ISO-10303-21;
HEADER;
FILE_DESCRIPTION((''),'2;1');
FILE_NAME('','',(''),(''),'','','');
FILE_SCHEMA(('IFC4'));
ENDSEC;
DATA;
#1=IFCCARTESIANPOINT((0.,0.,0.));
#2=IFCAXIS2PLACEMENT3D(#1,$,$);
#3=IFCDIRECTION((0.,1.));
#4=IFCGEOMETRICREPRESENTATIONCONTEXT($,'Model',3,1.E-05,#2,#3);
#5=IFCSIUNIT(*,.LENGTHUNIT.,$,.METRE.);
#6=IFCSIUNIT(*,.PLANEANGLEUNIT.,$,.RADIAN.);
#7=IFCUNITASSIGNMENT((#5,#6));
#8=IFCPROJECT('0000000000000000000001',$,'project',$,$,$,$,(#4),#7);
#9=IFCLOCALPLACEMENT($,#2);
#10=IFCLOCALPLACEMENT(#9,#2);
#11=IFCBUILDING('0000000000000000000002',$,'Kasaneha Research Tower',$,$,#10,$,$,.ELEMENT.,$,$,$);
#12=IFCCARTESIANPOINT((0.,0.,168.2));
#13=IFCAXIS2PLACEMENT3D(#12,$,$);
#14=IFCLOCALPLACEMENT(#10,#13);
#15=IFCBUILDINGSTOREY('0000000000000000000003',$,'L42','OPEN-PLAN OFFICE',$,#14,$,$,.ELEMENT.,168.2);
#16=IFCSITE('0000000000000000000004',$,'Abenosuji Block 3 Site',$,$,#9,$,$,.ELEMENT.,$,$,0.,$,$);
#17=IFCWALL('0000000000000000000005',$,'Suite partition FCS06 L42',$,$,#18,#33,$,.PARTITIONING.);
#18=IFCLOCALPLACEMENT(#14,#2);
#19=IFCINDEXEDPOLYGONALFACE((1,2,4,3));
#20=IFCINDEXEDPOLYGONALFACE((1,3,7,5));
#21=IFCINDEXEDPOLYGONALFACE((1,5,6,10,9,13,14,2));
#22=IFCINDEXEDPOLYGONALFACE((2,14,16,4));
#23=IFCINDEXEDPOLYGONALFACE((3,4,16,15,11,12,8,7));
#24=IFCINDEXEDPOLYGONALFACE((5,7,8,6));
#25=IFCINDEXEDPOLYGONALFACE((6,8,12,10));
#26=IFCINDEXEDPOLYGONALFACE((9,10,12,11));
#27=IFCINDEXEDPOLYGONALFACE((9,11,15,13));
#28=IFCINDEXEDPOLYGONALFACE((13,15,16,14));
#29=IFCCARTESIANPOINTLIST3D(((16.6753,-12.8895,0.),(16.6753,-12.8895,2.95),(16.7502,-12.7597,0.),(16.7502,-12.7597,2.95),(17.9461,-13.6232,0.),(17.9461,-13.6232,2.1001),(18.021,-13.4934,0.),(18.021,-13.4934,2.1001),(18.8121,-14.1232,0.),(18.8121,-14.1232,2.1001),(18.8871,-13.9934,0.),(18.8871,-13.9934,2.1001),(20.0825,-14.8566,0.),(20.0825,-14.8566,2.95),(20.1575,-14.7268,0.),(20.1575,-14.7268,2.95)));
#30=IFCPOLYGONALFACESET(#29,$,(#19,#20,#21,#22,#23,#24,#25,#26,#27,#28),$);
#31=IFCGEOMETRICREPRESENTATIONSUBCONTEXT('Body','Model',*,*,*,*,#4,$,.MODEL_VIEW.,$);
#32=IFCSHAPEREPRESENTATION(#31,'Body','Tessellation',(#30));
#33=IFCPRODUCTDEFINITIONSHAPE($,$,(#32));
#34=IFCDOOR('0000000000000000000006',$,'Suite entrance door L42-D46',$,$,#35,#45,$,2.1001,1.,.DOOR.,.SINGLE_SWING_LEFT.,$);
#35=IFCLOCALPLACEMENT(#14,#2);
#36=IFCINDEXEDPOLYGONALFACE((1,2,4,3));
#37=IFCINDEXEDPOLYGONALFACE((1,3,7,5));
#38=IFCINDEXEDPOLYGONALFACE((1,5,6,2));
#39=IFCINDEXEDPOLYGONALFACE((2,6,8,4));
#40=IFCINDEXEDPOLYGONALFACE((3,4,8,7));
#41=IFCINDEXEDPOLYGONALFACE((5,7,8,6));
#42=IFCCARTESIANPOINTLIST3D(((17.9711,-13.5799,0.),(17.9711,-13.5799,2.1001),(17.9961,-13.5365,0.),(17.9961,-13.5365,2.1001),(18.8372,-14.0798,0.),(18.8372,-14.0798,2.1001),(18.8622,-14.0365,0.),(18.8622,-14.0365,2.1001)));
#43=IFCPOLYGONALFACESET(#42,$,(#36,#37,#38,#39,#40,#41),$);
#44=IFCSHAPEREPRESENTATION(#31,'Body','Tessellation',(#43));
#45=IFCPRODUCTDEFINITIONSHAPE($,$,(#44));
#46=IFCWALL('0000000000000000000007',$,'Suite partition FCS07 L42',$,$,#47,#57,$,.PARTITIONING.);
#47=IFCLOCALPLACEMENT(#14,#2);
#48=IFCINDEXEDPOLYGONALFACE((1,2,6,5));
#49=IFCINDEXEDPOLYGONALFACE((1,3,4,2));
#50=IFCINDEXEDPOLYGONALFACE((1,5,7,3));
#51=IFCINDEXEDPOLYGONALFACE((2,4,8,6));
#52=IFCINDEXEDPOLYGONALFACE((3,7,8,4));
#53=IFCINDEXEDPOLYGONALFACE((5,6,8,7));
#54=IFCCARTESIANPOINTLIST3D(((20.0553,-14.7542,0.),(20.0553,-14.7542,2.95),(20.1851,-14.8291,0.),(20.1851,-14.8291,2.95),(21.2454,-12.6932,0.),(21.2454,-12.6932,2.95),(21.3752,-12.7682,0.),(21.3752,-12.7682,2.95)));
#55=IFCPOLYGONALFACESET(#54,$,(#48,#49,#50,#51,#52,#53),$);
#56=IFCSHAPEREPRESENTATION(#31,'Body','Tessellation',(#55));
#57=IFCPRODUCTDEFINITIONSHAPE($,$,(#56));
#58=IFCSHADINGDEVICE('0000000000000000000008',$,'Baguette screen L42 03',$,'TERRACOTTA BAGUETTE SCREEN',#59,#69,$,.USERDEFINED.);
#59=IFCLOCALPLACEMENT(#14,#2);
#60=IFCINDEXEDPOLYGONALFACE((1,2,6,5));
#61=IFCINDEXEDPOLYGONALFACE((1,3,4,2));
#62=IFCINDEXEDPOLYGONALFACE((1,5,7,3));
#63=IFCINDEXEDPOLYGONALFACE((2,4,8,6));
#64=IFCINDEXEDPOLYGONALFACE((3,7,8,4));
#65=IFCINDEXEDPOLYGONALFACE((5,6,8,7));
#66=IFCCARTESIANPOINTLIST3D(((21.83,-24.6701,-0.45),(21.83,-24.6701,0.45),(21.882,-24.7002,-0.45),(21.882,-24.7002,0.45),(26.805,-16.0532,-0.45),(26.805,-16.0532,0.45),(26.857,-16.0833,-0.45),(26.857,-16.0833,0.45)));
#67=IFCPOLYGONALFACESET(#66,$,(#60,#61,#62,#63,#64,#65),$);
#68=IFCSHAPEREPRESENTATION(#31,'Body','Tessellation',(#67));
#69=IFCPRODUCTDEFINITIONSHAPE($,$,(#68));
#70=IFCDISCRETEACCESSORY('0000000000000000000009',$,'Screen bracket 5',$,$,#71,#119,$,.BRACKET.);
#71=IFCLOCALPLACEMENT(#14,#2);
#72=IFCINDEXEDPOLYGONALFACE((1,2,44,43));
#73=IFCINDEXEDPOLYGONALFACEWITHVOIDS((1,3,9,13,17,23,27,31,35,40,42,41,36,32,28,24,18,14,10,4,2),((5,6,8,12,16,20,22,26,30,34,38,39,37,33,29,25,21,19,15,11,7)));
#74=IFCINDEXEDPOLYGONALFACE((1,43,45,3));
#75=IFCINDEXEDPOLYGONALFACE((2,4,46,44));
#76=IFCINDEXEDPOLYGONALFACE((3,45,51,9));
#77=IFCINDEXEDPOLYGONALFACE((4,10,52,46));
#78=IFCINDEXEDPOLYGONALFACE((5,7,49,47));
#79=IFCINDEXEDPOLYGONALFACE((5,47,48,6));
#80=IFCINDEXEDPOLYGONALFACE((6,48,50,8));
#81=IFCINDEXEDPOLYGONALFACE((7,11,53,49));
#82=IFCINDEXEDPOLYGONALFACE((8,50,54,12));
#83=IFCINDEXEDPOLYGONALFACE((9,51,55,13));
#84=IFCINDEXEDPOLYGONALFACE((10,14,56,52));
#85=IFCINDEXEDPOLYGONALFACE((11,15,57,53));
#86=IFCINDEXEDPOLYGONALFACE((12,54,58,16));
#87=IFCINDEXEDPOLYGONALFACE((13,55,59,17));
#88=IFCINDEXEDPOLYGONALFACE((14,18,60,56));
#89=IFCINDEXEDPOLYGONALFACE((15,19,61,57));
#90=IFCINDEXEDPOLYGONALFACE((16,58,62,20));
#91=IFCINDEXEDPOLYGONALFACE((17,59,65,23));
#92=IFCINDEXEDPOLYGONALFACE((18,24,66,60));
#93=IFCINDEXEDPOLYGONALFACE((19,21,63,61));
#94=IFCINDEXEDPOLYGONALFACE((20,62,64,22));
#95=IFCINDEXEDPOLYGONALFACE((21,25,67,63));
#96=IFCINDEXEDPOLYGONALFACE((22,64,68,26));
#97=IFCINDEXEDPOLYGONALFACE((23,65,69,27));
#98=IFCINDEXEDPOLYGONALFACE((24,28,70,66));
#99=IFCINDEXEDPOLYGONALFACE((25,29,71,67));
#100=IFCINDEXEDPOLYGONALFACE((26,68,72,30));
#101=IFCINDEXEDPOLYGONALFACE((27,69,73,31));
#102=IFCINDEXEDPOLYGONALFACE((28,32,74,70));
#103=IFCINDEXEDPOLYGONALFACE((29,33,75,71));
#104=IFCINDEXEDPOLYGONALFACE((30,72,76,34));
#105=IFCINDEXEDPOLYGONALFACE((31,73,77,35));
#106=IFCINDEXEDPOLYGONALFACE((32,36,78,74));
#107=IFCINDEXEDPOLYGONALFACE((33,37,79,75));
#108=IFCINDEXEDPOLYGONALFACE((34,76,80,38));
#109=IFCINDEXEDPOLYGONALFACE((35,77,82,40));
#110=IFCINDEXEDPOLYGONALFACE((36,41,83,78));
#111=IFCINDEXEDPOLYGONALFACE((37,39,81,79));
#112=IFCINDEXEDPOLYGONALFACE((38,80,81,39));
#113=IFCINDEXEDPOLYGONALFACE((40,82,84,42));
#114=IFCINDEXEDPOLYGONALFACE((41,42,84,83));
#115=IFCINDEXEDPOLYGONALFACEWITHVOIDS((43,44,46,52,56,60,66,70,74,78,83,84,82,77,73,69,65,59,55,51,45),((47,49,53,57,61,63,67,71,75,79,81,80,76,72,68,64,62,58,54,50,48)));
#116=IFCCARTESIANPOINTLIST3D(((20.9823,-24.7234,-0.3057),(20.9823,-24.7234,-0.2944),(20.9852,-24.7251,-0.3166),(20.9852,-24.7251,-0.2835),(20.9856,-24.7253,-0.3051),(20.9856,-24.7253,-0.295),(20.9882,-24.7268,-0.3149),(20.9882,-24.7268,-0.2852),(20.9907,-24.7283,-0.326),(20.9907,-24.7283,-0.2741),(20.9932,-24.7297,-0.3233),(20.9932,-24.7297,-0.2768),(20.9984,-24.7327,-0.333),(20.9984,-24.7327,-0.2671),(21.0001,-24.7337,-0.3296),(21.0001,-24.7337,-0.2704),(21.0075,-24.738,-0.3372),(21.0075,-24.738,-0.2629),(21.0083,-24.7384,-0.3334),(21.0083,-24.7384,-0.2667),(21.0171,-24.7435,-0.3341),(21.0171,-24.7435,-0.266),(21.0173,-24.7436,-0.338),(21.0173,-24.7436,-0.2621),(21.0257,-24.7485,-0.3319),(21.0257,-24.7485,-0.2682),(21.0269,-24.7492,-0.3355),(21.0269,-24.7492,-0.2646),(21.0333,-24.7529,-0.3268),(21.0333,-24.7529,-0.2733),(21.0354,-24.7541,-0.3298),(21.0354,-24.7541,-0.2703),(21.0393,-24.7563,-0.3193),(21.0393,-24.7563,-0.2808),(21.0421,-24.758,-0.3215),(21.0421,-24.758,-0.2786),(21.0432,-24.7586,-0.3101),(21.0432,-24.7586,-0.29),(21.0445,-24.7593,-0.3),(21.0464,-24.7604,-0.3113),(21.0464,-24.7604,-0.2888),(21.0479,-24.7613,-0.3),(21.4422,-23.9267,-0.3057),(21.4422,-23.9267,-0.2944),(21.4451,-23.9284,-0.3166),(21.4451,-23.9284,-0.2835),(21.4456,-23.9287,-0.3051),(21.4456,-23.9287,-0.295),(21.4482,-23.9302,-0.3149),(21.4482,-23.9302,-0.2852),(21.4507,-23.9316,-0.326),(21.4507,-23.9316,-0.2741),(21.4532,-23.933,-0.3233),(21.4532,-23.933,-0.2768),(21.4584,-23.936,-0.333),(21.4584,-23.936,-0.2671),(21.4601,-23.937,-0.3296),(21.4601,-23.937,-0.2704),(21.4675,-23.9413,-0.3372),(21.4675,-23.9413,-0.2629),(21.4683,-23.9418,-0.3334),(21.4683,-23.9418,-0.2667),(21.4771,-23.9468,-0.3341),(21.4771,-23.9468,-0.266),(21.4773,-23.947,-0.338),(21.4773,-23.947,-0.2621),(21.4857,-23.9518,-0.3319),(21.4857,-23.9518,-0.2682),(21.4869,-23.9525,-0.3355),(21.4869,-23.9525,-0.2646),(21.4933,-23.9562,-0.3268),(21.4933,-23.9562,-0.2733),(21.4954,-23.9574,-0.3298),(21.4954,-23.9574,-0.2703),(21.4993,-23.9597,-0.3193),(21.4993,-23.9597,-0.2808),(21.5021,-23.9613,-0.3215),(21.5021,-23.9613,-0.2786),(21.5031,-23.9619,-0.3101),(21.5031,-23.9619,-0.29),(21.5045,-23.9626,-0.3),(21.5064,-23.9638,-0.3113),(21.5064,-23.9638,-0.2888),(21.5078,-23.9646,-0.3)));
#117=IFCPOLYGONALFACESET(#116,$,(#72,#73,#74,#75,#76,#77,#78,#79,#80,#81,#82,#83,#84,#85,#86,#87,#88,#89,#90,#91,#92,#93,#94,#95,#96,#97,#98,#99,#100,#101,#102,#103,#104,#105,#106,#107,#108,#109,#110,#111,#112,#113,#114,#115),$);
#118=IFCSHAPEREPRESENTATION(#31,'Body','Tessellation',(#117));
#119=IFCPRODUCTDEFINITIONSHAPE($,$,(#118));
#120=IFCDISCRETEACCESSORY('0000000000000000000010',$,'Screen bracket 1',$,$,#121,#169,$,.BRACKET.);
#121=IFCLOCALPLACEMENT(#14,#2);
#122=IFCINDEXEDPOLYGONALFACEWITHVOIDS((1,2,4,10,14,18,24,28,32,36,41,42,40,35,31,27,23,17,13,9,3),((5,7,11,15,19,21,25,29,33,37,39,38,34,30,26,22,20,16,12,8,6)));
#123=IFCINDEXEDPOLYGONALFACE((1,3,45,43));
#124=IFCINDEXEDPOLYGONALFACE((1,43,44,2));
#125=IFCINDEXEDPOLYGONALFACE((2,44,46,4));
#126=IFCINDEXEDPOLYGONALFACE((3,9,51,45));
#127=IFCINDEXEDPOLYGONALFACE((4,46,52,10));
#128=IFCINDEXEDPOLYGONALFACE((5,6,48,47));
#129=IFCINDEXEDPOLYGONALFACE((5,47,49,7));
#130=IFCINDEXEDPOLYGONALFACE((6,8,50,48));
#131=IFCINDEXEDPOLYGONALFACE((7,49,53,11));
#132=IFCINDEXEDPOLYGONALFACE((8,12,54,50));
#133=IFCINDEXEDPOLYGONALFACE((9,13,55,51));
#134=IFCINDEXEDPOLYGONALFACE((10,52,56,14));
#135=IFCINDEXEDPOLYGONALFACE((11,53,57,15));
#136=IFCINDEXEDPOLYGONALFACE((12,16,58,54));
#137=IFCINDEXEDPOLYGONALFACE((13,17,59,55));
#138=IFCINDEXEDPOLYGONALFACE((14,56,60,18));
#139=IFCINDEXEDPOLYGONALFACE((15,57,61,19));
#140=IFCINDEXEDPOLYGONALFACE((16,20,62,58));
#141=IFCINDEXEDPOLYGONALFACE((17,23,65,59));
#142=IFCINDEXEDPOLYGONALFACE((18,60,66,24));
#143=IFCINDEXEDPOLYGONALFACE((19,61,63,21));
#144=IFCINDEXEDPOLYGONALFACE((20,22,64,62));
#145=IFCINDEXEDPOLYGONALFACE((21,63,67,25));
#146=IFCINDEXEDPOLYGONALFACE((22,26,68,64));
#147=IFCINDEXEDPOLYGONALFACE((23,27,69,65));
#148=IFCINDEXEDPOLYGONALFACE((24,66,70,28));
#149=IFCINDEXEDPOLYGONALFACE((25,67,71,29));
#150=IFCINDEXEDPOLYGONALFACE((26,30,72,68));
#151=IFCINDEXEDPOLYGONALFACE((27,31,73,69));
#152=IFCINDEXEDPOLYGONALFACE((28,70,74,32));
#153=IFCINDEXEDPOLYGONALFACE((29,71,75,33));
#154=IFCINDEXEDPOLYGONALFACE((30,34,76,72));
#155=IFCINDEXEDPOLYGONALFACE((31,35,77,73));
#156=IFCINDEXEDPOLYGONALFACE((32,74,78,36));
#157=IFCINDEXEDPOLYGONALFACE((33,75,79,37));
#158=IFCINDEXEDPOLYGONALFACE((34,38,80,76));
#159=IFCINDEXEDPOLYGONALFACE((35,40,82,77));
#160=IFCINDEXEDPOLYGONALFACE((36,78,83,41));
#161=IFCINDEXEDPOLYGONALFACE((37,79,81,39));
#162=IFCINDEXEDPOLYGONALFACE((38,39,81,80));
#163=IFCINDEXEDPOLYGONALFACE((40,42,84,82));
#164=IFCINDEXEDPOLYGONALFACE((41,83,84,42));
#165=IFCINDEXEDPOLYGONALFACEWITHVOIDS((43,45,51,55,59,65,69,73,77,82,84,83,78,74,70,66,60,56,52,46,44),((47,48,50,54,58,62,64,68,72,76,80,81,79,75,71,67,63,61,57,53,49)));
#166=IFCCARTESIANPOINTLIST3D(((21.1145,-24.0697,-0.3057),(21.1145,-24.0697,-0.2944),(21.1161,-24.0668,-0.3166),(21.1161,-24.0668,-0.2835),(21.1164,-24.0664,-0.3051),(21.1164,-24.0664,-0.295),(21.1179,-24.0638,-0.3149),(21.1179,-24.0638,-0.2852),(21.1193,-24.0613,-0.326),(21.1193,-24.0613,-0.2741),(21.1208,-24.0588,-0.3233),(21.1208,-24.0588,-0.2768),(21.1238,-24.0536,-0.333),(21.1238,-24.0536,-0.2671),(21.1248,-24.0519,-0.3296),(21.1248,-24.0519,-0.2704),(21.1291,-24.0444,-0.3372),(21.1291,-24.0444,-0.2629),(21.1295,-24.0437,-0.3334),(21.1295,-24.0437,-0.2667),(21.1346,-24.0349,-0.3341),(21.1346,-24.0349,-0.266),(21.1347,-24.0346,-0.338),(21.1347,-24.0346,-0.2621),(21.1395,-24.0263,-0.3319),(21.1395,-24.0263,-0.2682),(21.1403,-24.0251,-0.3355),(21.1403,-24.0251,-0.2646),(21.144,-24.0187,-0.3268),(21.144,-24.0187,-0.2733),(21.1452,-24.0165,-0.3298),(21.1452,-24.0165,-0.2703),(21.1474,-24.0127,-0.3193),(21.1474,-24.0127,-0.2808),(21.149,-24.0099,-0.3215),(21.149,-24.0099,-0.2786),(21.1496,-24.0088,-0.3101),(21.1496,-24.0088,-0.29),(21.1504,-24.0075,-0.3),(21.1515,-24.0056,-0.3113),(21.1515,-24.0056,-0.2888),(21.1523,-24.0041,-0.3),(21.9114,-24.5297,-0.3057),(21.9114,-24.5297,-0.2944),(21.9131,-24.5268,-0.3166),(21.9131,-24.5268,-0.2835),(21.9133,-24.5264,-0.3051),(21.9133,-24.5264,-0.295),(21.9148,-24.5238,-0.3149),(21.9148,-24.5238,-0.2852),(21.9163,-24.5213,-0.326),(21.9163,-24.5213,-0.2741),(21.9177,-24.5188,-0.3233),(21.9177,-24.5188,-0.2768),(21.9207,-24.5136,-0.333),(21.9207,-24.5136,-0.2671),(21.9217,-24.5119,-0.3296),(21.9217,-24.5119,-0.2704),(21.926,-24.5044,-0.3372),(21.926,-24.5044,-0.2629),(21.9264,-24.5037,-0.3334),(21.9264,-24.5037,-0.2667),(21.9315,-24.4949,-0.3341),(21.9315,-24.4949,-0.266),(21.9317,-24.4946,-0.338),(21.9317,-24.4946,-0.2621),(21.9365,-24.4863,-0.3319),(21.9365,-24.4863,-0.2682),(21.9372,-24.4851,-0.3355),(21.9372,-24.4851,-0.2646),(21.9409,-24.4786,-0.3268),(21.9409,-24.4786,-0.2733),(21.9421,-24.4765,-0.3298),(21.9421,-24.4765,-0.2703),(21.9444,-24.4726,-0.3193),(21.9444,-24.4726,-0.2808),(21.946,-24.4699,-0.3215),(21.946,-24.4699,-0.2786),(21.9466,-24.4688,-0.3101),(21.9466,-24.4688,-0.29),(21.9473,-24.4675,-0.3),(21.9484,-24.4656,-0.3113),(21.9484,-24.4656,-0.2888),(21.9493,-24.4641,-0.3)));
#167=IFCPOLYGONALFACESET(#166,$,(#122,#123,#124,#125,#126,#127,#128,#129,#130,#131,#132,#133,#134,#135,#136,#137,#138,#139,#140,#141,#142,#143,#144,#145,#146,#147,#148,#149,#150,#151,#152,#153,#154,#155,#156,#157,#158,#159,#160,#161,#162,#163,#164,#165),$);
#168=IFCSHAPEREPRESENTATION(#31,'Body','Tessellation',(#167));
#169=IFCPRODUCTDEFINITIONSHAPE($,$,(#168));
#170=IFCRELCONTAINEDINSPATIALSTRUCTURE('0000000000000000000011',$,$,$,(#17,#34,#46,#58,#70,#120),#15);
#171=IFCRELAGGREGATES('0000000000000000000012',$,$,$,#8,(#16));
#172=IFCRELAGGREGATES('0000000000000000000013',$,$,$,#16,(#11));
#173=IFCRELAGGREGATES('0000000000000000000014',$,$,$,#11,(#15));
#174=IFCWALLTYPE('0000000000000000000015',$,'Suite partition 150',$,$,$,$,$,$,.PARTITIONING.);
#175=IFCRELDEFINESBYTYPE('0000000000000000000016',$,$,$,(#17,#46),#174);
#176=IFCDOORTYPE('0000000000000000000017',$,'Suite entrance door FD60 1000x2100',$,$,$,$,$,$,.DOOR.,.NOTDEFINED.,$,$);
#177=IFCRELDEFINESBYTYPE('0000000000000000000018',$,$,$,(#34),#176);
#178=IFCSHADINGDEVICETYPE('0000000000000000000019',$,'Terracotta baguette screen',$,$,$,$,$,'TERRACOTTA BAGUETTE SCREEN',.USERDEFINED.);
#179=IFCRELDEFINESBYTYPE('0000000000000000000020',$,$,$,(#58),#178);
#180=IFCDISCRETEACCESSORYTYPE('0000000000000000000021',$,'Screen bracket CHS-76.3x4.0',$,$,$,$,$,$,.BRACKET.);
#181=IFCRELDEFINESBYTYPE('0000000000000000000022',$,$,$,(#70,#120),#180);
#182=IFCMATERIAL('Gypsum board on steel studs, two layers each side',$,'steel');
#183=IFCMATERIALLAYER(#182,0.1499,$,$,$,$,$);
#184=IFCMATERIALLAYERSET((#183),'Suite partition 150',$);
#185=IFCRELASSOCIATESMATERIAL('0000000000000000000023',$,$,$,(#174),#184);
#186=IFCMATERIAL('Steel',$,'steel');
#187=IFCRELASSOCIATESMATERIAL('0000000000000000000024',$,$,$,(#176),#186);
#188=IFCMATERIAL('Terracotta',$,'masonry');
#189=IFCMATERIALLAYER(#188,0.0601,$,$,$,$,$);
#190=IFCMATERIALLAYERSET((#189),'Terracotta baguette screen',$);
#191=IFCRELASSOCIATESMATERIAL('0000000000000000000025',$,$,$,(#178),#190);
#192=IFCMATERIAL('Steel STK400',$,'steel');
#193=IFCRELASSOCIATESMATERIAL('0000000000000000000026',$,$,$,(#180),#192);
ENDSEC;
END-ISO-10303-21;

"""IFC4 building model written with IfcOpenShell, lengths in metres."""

from ifc_helpers import new_model, si_unit, direction, frame, frame_2d, origin, origin_2d, place, context, subcontext, project, spatial, rectangle, hollow_circle, extrude, material, layer, layer_set, material_profile, profile_set, type_object, element, fill, save


model = new_model("IFC4")

# Units and contexts
model_context = context("Model", 3, precision=1e-05, world=origin(), true_north=direction((0.0, 1.0)))
body_context = subcontext(model_context, "Body", "Model", "MODEL_VIEW")
ifc_project = project(units=[si_unit("LENGTHUNIT", "METRE"), si_unit("PLANEANGLEUNIT", "RADIAN")], contexts=[model_context])

# Site, building, storey
site_placement = place(None, origin())
site = spatial("IfcSite", under=ifc_project, at=site_placement, Name="Abenosuji Block 3 Site", CompositionType="ELEMENT", RefElevation=0.0)
building_placement = place(site_placement, origin())
building = spatial("IfcBuilding", under=site, at=building_placement, Name="Kasaneha Research Tower", CompositionType="ELEMENT")
storey_placement = place(building_placement, frame((0.0, 0.0, 168.2)))
storey = spatial("IfcBuildingStorey", under=building, at=storey_placement, Name="L42", Description="OPEN-PLAN OFFICE", CompositionType="ELEMENT", Elevation=168.2)

# Wall, opening, door
ifc_material_1 = material(Name="Gypsum board on steel studs, two layers each side", Category="steel")
ifc_layer_1 = layer(ifc_material_1, 0.1499)
ifc_layer_set_1 = layer_set([ifc_layer_1], Name="Suite partition 150")
wall_type_1 = type_object("IfcWallType", Name="Suite partition 150", PredefinedType="PARTITIONING", material=ifc_layer_set_1)
wall_1_placement = place(storey_placement, frame((20.1201, -14.7917, 0.0), z_axis=(0.0, 0.0, 1.0), x_axis=(-0.866039, 0.499977, 0.0)))
wall_1 = element("IfcWall", 1, at=wall_1_placement, inside=storey, type_object=wall_type_1, Name="Suite partition FCS06 L42", PredefinedType="PARTITIONING", context=body_context, shape_type="SweptSolid", body=[
    extrude(rectangle(XDim=3.9343, YDim=0.1499, at=frame_2d((1.9673, 0.0))), origin(), (0.0, 0.0, 1.0), 2.95),
])
opening_1_placement = place(wall_1_placement, frame((1.467, 0.0, 0.0)))
opening_1 = element("IfcOpeningElement", 2, at=opening_1_placement, cuts=wall_1, PredefinedType="OPENING", context=body_context, shape_type="SweptSolid", body=[
    extrude(rectangle(XDim=1.0, YDim=2.1001, at=frame_2d((0.5, 1.05))), frame((0.0, 0.085, 0.0), z_axis=(0.0, -1.0, 0.0), x_axis=(1.0, 0.0, 0.0)), (0.0, 0.0, 1.0), 0.1699),
])
ifc_material_2 = material(Name="Steel", Category="steel")
door_type_1 = type_object("IfcDoorType", Name="Suite entrance door FD60 1000x2100", OperationType="NOTDEFINED", PredefinedType="DOOR", material=ifc_material_2)
door_1_placement = place(opening_1_placement, origin())
door_1 = element("IfcDoor", 3, at=door_1_placement, inside=storey, type_object=door_type_1, Name="Suite entrance door L42-D46", OperationType="SINGLE_SWING_LEFT", OverallHeight=2.1001, OverallWidth=1.0, PredefinedType="DOOR", context=body_context, shape_type="SweptSolid", body=[
    extrude(rectangle(XDim=1.0, YDim=2.1001, at=frame_2d((0.5, 1.05))), frame((0.0, 0.0249, 0.0), z_axis=(0.0, -1.0, 0.0), x_axis=(1.0, 0.0, 0.0)), (0.0, 0.0, 1.0), 0.05),
])
fill(opening_1, door_1)

# Wall
wall_2_placement = place(storey_placement, frame((21.3103, -12.7307, 0.0), z_axis=(0.0, 0.0, 1.0), x_axis=(-0.500078, -0.865981, 0.0)))
element("IfcWall", 4, at=wall_2_placement, inside=storey, type_object=wall_type_1, Name="Suite partition FCS07 L42", PredefinedType="PARTITIONING", context=body_context, shape_type="SweptSolid", body=[
    extrude(rectangle(XDim=2.3799, YDim=0.1499, at=frame_2d((1.1899, 0.0))), origin(), (0.0, 0.0, 1.0), 2.95),
])

# Shading device
ifc_material_3 = material(Name="Terracotta", Category="masonry")
ifc_layer_2 = layer(ifc_material_3, 0.0601)
ifc_layer_set_2 = layer_set([ifc_layer_2], Name="Terracotta baguette screen")
shading_device_type = type_object("IfcShadingDeviceType", Name="Terracotta baguette screen", ElementType="TERRACOTTA BAGUETTE SCREEN", PredefinedType="USERDEFINED", material=ifc_layer_set_2)
shading_device_placement = place(storey_placement, frame((24.3435, -20.3767, -0.45), z_axis=(0.0, 0.0, 1.0), x_axis=(0.5, 0.866025, 0.0)))
element("IfcShadingDevice", 5, at=shading_device_placement, inside=storey, type_object=shading_device_type, Name="Baguette screen L42 03", ObjectType="TERRACOTTA BAGUETTE SCREEN", PredefinedType="USERDEFINED", context=body_context, shape_type="SweptSolid", body=[
    extrude(rectangle(XDim=9.95, YDim=0.0601, at=origin_2d()), origin(), (0.0, 0.0, 1.0), 0.8999),
])

# Discrete accessories
ifc_material_4 = material(Name="Steel STK400", Category="steel")
ifc_material_profile_1 = material_profile(ifc_material_4, hollow_circle(Radius=0.0381, WallThickness=0.0039, at=origin_2d()), Name="CHS-76.3x4.0")
ifc_profile_set_1 = profile_set([ifc_material_profile_1], Name="Steel STK400")
discrete_accessory_type = type_object("IfcDiscreteAccessoryType", Name="Screen bracket CHS-76.3x4.0", PredefinedType="BRACKET", material=ifc_profile_set_1)
discrete_accessory_1_placement = place(storey_placement, frame((21.4749, -23.9456, -0.3), z_axis=(-0.500021, -0.866013, 0.0), x_axis=(0.866013, -0.500021, 0.0)))
element("IfcDiscreteAccessory", 6, at=discrete_accessory_1_placement, inside=storey, type_object=discrete_accessory_type, Name="Screen bracket 5", PredefinedType="BRACKET", context=body_context, shape_type="SweptSolid", body=[
    extrude(hollow_circle(Radius=0.0381, WallThickness=0.0039, at=origin_2d()), origin(), (0.0, 0.0, 1.0), 0.9199),
])
discrete_accessory_2_placement = place(storey_placement, frame((21.1333, -24.0371, -0.3), z_axis=(0.86608, -0.499906, 0.0), x_axis=(0.499906, 0.86608, 0.0)))
element("IfcDiscreteAccessory", 7, at=discrete_accessory_2_placement, inside=storey, type_object=discrete_accessory_type, Name="Screen bracket 1", PredefinedType="BRACKET", context=body_context, shape_type="SweptSolid", body=[
    extrude(hollow_circle(Radius=0.0381, WallThickness=0.0039, at=origin_2d()), origin(), (0.0, 0.0, 1.0), 0.9202),
])

save(model, "model.ifc")
